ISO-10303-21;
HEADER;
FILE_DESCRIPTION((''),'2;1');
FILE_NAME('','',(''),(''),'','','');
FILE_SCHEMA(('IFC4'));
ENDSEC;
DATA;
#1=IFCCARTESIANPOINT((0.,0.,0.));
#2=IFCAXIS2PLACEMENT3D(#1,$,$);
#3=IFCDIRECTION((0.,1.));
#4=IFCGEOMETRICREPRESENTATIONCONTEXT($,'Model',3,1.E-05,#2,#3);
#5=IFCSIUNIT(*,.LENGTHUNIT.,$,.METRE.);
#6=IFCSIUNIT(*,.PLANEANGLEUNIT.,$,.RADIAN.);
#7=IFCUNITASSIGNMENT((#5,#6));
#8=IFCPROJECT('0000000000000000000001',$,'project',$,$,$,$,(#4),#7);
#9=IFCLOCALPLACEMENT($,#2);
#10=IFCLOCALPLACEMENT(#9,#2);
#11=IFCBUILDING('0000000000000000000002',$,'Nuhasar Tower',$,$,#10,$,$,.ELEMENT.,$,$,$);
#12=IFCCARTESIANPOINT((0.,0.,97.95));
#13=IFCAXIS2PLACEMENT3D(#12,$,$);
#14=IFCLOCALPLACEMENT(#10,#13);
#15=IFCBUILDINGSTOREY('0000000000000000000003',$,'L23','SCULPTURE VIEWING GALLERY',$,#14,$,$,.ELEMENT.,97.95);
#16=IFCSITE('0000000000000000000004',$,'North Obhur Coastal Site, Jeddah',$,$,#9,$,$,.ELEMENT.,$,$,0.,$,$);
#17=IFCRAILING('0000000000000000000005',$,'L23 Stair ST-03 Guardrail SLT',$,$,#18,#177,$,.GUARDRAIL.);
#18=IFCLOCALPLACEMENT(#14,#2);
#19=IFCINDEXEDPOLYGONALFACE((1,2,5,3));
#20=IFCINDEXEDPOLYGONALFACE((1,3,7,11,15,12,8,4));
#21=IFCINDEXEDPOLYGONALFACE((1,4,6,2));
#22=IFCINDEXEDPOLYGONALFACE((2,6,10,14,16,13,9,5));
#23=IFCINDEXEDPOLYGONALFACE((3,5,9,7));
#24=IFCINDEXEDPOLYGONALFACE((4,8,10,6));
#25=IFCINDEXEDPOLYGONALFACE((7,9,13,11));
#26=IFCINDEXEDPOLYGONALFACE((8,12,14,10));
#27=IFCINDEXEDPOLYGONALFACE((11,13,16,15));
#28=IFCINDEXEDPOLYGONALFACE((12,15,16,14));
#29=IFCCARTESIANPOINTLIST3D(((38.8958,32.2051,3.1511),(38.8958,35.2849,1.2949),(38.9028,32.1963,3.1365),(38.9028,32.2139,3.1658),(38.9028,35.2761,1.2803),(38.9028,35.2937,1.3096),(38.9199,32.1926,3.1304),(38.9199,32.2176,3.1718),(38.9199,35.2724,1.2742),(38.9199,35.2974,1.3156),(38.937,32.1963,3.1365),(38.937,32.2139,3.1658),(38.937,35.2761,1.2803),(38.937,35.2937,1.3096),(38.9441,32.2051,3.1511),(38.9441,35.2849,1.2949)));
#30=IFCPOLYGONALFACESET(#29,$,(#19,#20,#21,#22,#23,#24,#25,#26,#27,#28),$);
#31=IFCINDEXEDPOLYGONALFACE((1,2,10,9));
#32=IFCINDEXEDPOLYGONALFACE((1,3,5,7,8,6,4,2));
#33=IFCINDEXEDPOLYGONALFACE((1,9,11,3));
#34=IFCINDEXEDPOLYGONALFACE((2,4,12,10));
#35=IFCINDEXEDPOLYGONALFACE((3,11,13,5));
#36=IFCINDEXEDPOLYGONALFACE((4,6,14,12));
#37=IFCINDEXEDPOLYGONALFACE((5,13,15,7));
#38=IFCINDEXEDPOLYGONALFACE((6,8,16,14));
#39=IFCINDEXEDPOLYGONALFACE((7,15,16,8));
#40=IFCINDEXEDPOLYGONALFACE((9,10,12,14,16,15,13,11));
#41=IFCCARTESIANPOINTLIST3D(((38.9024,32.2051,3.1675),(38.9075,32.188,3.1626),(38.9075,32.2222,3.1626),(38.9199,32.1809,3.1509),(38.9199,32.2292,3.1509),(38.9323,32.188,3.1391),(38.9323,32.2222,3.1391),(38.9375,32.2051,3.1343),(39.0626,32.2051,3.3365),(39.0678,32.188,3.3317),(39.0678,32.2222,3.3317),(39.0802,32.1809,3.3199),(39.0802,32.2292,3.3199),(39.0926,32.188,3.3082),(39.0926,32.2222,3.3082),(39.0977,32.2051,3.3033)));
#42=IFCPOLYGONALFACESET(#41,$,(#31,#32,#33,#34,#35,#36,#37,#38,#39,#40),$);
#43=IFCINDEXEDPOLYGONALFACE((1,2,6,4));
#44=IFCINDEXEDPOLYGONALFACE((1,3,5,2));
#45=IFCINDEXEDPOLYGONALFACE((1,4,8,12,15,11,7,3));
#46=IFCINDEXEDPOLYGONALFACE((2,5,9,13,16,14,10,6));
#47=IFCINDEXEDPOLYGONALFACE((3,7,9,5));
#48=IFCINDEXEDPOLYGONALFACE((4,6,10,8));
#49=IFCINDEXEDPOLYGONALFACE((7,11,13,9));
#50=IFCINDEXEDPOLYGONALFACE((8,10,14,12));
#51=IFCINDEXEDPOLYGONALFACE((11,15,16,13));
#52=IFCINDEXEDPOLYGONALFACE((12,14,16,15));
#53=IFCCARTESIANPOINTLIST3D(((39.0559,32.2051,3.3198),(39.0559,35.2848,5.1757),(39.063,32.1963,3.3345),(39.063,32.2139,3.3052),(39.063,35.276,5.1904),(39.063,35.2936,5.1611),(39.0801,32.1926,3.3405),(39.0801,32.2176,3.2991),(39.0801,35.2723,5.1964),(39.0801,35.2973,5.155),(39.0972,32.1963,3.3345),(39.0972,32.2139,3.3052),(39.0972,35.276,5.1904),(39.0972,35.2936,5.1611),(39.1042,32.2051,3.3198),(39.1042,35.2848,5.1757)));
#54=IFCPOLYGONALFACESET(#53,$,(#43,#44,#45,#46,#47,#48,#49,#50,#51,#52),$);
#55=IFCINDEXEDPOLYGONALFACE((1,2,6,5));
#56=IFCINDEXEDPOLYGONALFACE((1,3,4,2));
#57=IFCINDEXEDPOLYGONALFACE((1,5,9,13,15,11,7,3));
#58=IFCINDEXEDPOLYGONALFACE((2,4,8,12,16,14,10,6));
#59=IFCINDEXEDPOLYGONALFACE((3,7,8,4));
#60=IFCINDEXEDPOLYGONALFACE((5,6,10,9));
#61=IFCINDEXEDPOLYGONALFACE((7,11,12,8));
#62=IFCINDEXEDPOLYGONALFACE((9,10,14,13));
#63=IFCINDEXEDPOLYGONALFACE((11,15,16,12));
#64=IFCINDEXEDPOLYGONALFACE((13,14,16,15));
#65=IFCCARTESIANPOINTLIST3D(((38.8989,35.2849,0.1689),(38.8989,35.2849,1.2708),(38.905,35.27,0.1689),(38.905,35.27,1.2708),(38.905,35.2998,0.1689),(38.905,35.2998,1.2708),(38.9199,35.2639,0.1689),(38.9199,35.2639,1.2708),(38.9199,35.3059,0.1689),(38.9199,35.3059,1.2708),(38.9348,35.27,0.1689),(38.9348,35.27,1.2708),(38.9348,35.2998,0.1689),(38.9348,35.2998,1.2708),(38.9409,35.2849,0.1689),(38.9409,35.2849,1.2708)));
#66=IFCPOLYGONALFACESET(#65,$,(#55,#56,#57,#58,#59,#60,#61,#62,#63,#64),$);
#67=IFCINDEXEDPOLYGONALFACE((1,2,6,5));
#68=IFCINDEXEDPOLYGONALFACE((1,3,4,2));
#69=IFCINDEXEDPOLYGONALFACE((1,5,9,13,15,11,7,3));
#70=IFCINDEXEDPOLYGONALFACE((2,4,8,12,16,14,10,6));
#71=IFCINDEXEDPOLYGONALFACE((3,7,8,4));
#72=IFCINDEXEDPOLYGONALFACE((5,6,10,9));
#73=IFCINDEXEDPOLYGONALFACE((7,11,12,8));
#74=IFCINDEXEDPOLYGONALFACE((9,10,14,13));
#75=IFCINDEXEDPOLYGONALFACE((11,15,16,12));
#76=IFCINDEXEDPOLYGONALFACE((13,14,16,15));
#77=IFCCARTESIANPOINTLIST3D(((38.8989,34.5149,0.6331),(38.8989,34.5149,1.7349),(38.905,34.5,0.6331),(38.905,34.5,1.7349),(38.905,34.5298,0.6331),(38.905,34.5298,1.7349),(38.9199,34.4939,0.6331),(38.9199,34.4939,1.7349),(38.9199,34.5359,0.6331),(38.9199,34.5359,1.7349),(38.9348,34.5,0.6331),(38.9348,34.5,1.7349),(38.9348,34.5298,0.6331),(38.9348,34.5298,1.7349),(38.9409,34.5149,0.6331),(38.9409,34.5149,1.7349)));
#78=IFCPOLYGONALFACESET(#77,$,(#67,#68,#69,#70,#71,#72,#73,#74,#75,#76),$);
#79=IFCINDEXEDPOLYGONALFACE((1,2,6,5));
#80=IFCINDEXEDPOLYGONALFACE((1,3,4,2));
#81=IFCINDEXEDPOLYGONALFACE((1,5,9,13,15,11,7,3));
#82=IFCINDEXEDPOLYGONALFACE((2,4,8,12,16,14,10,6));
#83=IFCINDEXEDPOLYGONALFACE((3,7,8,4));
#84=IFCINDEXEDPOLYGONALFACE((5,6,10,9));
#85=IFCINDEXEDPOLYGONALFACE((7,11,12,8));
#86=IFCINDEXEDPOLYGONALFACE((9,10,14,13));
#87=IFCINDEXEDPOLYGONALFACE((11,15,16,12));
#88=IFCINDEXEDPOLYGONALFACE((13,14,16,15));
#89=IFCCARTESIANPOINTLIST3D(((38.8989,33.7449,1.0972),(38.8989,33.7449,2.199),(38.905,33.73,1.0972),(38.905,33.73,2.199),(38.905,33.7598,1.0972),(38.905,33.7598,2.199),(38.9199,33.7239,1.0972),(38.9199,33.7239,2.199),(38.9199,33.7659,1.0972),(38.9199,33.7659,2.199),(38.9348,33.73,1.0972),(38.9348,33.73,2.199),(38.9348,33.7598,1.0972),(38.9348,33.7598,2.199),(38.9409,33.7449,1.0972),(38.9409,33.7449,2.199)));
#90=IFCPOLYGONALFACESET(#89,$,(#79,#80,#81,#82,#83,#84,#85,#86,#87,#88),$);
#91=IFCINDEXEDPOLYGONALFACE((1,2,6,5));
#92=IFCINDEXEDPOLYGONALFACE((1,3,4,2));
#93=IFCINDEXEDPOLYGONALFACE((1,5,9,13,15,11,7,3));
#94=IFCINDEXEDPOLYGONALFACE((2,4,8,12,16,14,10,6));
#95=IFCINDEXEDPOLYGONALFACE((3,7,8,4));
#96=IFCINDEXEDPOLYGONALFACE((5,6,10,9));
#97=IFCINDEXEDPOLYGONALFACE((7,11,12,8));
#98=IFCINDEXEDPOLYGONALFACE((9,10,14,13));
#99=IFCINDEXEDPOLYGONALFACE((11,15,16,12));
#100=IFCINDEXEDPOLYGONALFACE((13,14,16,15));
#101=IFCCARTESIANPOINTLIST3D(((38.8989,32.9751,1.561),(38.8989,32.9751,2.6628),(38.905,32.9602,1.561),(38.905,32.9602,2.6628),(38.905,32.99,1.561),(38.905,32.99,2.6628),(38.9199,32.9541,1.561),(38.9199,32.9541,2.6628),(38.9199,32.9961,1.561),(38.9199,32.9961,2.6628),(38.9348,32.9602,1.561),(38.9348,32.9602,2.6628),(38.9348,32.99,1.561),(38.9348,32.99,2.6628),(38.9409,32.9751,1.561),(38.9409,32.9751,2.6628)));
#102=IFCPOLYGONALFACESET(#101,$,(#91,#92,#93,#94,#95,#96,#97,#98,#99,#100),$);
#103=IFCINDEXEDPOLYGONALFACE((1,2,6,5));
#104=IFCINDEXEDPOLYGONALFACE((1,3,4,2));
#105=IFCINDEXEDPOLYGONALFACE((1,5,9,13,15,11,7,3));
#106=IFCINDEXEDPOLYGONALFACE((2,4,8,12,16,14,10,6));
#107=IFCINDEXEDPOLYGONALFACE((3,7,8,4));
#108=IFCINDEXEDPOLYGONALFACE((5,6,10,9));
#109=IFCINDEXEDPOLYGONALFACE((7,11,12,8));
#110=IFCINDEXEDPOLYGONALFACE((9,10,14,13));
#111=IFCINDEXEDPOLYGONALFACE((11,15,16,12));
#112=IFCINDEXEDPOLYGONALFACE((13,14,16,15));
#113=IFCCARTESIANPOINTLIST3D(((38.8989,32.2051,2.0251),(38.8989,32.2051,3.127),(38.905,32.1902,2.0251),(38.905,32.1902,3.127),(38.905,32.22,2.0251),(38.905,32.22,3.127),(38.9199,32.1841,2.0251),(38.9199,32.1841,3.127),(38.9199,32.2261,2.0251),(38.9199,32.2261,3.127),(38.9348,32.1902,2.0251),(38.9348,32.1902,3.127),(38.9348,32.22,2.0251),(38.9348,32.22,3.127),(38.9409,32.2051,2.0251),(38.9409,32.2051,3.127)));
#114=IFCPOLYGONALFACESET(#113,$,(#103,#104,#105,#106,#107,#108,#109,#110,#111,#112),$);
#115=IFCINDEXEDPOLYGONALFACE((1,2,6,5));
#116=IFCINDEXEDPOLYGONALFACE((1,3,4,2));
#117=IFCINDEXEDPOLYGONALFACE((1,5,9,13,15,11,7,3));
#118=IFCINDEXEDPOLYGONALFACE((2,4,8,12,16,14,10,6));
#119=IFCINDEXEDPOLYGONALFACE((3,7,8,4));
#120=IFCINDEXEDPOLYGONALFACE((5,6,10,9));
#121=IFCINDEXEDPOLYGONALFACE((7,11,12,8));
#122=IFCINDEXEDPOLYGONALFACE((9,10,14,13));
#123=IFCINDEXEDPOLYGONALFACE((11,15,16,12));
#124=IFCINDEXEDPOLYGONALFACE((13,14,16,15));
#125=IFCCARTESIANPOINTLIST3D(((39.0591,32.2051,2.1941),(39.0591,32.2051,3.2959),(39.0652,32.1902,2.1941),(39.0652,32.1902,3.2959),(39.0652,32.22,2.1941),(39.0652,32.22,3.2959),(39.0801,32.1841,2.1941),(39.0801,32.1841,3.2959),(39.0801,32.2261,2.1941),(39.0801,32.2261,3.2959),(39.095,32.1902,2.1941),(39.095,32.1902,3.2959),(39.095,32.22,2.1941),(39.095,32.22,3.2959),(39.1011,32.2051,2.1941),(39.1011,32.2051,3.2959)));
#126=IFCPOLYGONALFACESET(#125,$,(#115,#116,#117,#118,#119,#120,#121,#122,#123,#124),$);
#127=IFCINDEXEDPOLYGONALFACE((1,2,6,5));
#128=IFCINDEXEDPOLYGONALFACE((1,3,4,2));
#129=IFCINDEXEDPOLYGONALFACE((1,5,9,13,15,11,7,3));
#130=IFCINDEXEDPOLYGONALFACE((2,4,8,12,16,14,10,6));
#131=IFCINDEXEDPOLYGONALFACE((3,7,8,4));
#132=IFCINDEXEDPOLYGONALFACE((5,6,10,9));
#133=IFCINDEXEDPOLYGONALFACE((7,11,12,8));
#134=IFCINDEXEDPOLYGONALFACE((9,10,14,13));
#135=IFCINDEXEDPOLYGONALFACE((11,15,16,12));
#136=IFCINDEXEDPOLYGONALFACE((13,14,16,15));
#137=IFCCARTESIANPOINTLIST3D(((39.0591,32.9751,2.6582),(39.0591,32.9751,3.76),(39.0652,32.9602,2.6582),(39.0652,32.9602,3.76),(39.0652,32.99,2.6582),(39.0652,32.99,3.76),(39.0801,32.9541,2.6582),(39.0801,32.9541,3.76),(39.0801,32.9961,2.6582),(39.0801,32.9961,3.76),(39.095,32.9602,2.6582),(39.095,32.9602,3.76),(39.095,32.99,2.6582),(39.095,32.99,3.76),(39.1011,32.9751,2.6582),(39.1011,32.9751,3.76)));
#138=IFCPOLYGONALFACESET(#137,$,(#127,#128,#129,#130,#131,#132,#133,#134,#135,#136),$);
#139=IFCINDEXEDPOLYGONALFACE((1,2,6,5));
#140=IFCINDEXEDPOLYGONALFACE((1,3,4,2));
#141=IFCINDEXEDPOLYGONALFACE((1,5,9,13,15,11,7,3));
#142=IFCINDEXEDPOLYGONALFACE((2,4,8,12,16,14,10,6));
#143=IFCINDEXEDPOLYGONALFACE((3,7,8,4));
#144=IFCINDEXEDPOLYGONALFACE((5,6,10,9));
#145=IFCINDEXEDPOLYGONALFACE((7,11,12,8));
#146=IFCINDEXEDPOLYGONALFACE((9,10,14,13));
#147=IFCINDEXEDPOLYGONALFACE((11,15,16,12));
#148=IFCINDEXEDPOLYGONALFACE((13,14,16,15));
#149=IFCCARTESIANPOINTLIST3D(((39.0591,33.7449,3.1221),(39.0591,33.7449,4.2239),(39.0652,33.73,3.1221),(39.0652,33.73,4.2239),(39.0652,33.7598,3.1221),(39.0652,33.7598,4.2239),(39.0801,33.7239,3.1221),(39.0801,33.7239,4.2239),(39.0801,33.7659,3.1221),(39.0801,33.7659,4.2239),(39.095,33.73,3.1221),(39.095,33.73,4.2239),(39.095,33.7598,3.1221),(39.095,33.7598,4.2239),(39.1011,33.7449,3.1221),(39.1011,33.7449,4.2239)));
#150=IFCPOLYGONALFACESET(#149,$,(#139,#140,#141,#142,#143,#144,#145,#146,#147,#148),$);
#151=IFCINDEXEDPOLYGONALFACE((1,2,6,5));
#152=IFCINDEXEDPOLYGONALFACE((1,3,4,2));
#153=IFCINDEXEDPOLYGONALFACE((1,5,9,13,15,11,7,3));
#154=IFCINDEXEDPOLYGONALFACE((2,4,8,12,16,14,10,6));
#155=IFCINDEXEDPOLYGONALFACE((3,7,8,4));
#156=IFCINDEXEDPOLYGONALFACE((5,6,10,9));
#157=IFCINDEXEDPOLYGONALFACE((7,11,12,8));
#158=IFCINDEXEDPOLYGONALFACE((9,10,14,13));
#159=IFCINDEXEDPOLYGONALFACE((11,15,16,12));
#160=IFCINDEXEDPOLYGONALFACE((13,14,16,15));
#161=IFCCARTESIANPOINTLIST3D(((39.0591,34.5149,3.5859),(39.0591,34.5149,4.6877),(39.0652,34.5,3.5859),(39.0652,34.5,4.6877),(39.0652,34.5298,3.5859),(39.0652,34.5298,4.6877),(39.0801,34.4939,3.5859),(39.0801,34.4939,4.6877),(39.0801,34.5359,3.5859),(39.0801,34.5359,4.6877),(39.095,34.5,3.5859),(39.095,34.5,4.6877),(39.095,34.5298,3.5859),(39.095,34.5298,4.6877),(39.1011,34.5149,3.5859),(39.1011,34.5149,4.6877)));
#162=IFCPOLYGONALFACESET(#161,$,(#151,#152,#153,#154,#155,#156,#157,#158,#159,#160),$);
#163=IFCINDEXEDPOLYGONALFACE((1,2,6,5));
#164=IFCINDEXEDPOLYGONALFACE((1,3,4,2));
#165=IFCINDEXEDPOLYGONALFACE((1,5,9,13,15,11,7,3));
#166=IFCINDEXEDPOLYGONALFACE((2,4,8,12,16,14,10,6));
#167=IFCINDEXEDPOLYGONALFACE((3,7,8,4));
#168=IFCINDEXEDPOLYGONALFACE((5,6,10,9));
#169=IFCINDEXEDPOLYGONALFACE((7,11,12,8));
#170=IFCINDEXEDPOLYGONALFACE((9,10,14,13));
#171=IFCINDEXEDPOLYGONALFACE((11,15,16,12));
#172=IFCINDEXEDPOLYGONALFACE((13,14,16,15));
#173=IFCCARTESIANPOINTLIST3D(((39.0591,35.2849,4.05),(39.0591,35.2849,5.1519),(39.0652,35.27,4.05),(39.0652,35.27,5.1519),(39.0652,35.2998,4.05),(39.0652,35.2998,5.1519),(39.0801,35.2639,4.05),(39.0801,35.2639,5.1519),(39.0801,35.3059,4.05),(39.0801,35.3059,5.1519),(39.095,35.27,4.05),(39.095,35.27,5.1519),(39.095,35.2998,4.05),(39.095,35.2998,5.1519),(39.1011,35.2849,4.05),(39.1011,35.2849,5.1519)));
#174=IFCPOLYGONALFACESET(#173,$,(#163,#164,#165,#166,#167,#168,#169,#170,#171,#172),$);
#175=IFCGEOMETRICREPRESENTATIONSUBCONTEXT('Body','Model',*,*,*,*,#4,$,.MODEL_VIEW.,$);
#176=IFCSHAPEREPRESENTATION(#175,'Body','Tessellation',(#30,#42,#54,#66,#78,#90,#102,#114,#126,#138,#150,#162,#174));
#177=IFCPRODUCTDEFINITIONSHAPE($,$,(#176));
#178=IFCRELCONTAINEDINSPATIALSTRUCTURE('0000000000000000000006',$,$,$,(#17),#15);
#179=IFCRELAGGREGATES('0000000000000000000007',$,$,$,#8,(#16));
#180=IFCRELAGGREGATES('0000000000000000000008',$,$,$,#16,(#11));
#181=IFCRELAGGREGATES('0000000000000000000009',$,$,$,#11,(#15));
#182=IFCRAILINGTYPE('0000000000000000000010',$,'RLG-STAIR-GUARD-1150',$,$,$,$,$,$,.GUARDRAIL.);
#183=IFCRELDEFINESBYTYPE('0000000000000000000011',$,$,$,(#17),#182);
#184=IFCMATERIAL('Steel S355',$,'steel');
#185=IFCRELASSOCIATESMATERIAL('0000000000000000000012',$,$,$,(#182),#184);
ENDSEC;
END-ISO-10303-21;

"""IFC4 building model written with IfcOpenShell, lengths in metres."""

from ifc_helpers import new_model, si_unit, direction, frame, origin, place, context, subcontext, project, spatial, polyline, outline, extrude, material, type_object, element, save


model = new_model("IFC4")

# Units and contexts
model_context = context("Model", 3, precision=1e-05, world=origin(), true_north=direction((0.0, 1.0)))
body_context = subcontext(model_context, "Body", "Model", "MODEL_VIEW")
ifc_project = project(units=[si_unit("LENGTHUNIT", "METRE"), si_unit("PLANEANGLEUNIT", "RADIAN")], contexts=[model_context])

# Site, building, storey
site_placement = place(None, origin())
site = spatial("IfcSite", under=ifc_project, at=site_placement, Name="North Obhur Coastal Site, Jeddah", CompositionType="ELEMENT", RefElevation=0.0)
building_placement = place(site_placement, origin())
building = spatial("IfcBuilding", under=site, at=building_placement, Name="Nuhasar Tower", CompositionType="ELEMENT")
storey_placement = place(building_placement, frame((0.0, 0.0, 97.95)))
storey = spatial("IfcBuildingStorey", under=building, at=storey_placement, Name="L23", Description="SCULPTURE VIEWING GALLERY", CompositionType="ELEMENT", Elevation=97.95)

# Shared definitions
ifc_material_1 = material(Name="Steel S355", Category="steel")

# Railing
railing_type_1 = type_object("IfcRailingType", Name="RLG-STAIR-GUARD-1150", PredefinedType="GUARDRAIL", material=ifc_material_1)
railing_1_placement = place(storey_placement, frame((38.9199, 35.2849, 0.1689)))
element("IfcRailing", 1, at=railing_1_placement, inside=storey, type_object=railing_type_1, Name="L23 Stair ST-03 Guardrail SLT", PredefinedType="GUARDRAIL", context=body_context, shape_type="SweptSolid", body=[
    extrude(outline(polyline([(0.0242, 0.0), (0.0171, 0.0171), (0.0, 0.0242), (-0.0171, 0.0171), (-0.0242, 0.0), (-0.0171, -0.0171), (0.0, -0.0242), (0.0171, -0.0171), (0.0242, 0.0)])), frame((0.0, 0.0, 1.126), z_axis=(0.0, -0.856473, 0.516192), x_axis=(1.0, 0.0, 0.0)), (0.0, 0.0, 1.0), 3.5959),
    extrude(outline(polyline([(0.0242, 0.0), (0.0171, 0.0171), (0.0, 0.0242), (-0.0171, 0.0171), (-0.0242, 0.0), (-0.0171, -0.0171), (0.0, -0.0242), (0.0171, -0.0171), (0.0242, 0.0)])), frame((0.0, -3.0798, 2.9819), z_axis=(0.687977, 0.0, 0.725732), x_axis=(0.0, 1.0, 0.0)), (0.0, 0.0, 1.0), 0.2329),
    extrude(outline(polyline([(0.0242, 0.0), (0.0171, 0.0171), (0.0, 0.0242), (-0.0171, 0.0171), (-0.0242, 0.0), (-0.0171, -0.0171), (0.0, -0.0242), (0.0171, -0.0171), (0.0242, 0.0)])), frame((0.1602, -3.0798, 3.1509), z_axis=(0.0, 0.856503, 0.516142), x_axis=(-1.0, 0.0, 0.0)), (0.0, 0.0, 1.0), 3.5957),
    extrude(outline(polyline([(0.021, 0.0), (0.0149, 0.0149), (0.0, 0.021), (-0.0149, 0.0149), (-0.021, 0.0), (-0.0149, -0.0149), (0.0, -0.021), (0.0149, -0.0149), (0.021, 0.0)])), origin(), (0.0, 0.0, 1.0), 1.1018),
    extrude(outline(polyline([(0.021, 0.0), (0.0149, 0.0149), (0.0, 0.021), (-0.0149, 0.0149), (-0.021, 0.0), (-0.0149, -0.0149), (0.0, -0.021), (0.0149, -0.0149), (0.021, 0.0)])), frame((0.0, -0.77, 0.4641)), (0.0, 0.0, 1.0), 1.1018),
    extrude(outline(polyline([(0.021, 0.0), (0.0149, 0.0149), (0.0, 0.021), (-0.0149, 0.0149), (-0.021, 0.0), (-0.0149, -0.0149), (0.0, -0.021), (0.0149, -0.0149), (0.021, 0.0)])), frame((0.0, -1.54, 0.9282)), (0.0, 0.0, 1.0), 1.1018),
    extrude(outline(polyline([(0.021, 0.0), (0.0149, 0.0149), (0.0, 0.021), (-0.0149, 0.0149), (-0.021, 0.0), (-0.0149, -0.0149), (0.0, -0.021), (0.0149, -0.0149), (0.021, 0.0)])), frame((0.0, -2.3098, 1.3921)), (0.0, 0.0, 1.0), 1.1018),
    extrude(outline(polyline([(0.021, 0.0), (0.0149, 0.0149), (0.0, 0.021), (-0.0149, 0.0149), (-0.021, 0.0), (-0.0149, -0.0149), (0.0, -0.021), (0.0149, -0.0149), (0.021, 0.0)])), frame((0.0, -3.0798, 1.8562)), (0.0, 0.0, 1.0), 1.1018),
    extrude(outline(polyline([(0.021, 0.0), (0.0149, 0.0149), (0.0, 0.021), (-0.0149, 0.0149), (-0.021, 0.0), (-0.0149, -0.0149), (0.0, -0.021), (0.0149, -0.0149), (0.021, 0.0)])), frame((0.1602, -3.0798, 2.0251)), (0.0, 0.0, 1.0), 1.1018),
    extrude(outline(polyline([(0.021, 0.0), (0.0149, 0.0149), (0.0, 0.021), (-0.0149, 0.0149), (-0.021, 0.0), (-0.0149, -0.0149), (0.0, -0.021), (0.0149, -0.0149), (0.021, 0.0)])), frame((0.1602, -2.3098, 2.4893)), (0.0, 0.0, 1.0), 1.1018),
    extrude(outline(polyline([(0.021, 0.0), (0.0149, 0.0149), (0.0, 0.021), (-0.0149, 0.0149), (-0.021, 0.0), (-0.0149, -0.0149), (0.0, -0.021), (0.0149, -0.0149), (0.021, 0.0)])), frame((0.1602, -1.54, 2.9531)), (0.0, 0.0, 1.0), 1.1018),
    extrude(outline(polyline([(0.021, 0.0), (0.0149, 0.0149), (0.0, 0.021), (-0.0149, 0.0149), (-0.021, 0.0), (-0.0149, -0.0149), (0.0, -0.021), (0.0149, -0.0149), (0.021, 0.0)])), frame((0.1602, -0.77, 3.417)), (0.0, 0.0, 1.0), 1.1018),
    extrude(outline(polyline([(0.021, 0.0), (0.0149, 0.0149), (0.0, 0.021), (-0.0149, 0.0149), (-0.021, 0.0), (-0.0149, -0.0149), (0.0, -0.021), (0.0149, -0.0149), (0.021, 0.0)])), frame((0.1602, 0.0, 3.8811)), (0.0, 0.0, 1.0), 1.1018),
])

save(model, "model.ifc")
